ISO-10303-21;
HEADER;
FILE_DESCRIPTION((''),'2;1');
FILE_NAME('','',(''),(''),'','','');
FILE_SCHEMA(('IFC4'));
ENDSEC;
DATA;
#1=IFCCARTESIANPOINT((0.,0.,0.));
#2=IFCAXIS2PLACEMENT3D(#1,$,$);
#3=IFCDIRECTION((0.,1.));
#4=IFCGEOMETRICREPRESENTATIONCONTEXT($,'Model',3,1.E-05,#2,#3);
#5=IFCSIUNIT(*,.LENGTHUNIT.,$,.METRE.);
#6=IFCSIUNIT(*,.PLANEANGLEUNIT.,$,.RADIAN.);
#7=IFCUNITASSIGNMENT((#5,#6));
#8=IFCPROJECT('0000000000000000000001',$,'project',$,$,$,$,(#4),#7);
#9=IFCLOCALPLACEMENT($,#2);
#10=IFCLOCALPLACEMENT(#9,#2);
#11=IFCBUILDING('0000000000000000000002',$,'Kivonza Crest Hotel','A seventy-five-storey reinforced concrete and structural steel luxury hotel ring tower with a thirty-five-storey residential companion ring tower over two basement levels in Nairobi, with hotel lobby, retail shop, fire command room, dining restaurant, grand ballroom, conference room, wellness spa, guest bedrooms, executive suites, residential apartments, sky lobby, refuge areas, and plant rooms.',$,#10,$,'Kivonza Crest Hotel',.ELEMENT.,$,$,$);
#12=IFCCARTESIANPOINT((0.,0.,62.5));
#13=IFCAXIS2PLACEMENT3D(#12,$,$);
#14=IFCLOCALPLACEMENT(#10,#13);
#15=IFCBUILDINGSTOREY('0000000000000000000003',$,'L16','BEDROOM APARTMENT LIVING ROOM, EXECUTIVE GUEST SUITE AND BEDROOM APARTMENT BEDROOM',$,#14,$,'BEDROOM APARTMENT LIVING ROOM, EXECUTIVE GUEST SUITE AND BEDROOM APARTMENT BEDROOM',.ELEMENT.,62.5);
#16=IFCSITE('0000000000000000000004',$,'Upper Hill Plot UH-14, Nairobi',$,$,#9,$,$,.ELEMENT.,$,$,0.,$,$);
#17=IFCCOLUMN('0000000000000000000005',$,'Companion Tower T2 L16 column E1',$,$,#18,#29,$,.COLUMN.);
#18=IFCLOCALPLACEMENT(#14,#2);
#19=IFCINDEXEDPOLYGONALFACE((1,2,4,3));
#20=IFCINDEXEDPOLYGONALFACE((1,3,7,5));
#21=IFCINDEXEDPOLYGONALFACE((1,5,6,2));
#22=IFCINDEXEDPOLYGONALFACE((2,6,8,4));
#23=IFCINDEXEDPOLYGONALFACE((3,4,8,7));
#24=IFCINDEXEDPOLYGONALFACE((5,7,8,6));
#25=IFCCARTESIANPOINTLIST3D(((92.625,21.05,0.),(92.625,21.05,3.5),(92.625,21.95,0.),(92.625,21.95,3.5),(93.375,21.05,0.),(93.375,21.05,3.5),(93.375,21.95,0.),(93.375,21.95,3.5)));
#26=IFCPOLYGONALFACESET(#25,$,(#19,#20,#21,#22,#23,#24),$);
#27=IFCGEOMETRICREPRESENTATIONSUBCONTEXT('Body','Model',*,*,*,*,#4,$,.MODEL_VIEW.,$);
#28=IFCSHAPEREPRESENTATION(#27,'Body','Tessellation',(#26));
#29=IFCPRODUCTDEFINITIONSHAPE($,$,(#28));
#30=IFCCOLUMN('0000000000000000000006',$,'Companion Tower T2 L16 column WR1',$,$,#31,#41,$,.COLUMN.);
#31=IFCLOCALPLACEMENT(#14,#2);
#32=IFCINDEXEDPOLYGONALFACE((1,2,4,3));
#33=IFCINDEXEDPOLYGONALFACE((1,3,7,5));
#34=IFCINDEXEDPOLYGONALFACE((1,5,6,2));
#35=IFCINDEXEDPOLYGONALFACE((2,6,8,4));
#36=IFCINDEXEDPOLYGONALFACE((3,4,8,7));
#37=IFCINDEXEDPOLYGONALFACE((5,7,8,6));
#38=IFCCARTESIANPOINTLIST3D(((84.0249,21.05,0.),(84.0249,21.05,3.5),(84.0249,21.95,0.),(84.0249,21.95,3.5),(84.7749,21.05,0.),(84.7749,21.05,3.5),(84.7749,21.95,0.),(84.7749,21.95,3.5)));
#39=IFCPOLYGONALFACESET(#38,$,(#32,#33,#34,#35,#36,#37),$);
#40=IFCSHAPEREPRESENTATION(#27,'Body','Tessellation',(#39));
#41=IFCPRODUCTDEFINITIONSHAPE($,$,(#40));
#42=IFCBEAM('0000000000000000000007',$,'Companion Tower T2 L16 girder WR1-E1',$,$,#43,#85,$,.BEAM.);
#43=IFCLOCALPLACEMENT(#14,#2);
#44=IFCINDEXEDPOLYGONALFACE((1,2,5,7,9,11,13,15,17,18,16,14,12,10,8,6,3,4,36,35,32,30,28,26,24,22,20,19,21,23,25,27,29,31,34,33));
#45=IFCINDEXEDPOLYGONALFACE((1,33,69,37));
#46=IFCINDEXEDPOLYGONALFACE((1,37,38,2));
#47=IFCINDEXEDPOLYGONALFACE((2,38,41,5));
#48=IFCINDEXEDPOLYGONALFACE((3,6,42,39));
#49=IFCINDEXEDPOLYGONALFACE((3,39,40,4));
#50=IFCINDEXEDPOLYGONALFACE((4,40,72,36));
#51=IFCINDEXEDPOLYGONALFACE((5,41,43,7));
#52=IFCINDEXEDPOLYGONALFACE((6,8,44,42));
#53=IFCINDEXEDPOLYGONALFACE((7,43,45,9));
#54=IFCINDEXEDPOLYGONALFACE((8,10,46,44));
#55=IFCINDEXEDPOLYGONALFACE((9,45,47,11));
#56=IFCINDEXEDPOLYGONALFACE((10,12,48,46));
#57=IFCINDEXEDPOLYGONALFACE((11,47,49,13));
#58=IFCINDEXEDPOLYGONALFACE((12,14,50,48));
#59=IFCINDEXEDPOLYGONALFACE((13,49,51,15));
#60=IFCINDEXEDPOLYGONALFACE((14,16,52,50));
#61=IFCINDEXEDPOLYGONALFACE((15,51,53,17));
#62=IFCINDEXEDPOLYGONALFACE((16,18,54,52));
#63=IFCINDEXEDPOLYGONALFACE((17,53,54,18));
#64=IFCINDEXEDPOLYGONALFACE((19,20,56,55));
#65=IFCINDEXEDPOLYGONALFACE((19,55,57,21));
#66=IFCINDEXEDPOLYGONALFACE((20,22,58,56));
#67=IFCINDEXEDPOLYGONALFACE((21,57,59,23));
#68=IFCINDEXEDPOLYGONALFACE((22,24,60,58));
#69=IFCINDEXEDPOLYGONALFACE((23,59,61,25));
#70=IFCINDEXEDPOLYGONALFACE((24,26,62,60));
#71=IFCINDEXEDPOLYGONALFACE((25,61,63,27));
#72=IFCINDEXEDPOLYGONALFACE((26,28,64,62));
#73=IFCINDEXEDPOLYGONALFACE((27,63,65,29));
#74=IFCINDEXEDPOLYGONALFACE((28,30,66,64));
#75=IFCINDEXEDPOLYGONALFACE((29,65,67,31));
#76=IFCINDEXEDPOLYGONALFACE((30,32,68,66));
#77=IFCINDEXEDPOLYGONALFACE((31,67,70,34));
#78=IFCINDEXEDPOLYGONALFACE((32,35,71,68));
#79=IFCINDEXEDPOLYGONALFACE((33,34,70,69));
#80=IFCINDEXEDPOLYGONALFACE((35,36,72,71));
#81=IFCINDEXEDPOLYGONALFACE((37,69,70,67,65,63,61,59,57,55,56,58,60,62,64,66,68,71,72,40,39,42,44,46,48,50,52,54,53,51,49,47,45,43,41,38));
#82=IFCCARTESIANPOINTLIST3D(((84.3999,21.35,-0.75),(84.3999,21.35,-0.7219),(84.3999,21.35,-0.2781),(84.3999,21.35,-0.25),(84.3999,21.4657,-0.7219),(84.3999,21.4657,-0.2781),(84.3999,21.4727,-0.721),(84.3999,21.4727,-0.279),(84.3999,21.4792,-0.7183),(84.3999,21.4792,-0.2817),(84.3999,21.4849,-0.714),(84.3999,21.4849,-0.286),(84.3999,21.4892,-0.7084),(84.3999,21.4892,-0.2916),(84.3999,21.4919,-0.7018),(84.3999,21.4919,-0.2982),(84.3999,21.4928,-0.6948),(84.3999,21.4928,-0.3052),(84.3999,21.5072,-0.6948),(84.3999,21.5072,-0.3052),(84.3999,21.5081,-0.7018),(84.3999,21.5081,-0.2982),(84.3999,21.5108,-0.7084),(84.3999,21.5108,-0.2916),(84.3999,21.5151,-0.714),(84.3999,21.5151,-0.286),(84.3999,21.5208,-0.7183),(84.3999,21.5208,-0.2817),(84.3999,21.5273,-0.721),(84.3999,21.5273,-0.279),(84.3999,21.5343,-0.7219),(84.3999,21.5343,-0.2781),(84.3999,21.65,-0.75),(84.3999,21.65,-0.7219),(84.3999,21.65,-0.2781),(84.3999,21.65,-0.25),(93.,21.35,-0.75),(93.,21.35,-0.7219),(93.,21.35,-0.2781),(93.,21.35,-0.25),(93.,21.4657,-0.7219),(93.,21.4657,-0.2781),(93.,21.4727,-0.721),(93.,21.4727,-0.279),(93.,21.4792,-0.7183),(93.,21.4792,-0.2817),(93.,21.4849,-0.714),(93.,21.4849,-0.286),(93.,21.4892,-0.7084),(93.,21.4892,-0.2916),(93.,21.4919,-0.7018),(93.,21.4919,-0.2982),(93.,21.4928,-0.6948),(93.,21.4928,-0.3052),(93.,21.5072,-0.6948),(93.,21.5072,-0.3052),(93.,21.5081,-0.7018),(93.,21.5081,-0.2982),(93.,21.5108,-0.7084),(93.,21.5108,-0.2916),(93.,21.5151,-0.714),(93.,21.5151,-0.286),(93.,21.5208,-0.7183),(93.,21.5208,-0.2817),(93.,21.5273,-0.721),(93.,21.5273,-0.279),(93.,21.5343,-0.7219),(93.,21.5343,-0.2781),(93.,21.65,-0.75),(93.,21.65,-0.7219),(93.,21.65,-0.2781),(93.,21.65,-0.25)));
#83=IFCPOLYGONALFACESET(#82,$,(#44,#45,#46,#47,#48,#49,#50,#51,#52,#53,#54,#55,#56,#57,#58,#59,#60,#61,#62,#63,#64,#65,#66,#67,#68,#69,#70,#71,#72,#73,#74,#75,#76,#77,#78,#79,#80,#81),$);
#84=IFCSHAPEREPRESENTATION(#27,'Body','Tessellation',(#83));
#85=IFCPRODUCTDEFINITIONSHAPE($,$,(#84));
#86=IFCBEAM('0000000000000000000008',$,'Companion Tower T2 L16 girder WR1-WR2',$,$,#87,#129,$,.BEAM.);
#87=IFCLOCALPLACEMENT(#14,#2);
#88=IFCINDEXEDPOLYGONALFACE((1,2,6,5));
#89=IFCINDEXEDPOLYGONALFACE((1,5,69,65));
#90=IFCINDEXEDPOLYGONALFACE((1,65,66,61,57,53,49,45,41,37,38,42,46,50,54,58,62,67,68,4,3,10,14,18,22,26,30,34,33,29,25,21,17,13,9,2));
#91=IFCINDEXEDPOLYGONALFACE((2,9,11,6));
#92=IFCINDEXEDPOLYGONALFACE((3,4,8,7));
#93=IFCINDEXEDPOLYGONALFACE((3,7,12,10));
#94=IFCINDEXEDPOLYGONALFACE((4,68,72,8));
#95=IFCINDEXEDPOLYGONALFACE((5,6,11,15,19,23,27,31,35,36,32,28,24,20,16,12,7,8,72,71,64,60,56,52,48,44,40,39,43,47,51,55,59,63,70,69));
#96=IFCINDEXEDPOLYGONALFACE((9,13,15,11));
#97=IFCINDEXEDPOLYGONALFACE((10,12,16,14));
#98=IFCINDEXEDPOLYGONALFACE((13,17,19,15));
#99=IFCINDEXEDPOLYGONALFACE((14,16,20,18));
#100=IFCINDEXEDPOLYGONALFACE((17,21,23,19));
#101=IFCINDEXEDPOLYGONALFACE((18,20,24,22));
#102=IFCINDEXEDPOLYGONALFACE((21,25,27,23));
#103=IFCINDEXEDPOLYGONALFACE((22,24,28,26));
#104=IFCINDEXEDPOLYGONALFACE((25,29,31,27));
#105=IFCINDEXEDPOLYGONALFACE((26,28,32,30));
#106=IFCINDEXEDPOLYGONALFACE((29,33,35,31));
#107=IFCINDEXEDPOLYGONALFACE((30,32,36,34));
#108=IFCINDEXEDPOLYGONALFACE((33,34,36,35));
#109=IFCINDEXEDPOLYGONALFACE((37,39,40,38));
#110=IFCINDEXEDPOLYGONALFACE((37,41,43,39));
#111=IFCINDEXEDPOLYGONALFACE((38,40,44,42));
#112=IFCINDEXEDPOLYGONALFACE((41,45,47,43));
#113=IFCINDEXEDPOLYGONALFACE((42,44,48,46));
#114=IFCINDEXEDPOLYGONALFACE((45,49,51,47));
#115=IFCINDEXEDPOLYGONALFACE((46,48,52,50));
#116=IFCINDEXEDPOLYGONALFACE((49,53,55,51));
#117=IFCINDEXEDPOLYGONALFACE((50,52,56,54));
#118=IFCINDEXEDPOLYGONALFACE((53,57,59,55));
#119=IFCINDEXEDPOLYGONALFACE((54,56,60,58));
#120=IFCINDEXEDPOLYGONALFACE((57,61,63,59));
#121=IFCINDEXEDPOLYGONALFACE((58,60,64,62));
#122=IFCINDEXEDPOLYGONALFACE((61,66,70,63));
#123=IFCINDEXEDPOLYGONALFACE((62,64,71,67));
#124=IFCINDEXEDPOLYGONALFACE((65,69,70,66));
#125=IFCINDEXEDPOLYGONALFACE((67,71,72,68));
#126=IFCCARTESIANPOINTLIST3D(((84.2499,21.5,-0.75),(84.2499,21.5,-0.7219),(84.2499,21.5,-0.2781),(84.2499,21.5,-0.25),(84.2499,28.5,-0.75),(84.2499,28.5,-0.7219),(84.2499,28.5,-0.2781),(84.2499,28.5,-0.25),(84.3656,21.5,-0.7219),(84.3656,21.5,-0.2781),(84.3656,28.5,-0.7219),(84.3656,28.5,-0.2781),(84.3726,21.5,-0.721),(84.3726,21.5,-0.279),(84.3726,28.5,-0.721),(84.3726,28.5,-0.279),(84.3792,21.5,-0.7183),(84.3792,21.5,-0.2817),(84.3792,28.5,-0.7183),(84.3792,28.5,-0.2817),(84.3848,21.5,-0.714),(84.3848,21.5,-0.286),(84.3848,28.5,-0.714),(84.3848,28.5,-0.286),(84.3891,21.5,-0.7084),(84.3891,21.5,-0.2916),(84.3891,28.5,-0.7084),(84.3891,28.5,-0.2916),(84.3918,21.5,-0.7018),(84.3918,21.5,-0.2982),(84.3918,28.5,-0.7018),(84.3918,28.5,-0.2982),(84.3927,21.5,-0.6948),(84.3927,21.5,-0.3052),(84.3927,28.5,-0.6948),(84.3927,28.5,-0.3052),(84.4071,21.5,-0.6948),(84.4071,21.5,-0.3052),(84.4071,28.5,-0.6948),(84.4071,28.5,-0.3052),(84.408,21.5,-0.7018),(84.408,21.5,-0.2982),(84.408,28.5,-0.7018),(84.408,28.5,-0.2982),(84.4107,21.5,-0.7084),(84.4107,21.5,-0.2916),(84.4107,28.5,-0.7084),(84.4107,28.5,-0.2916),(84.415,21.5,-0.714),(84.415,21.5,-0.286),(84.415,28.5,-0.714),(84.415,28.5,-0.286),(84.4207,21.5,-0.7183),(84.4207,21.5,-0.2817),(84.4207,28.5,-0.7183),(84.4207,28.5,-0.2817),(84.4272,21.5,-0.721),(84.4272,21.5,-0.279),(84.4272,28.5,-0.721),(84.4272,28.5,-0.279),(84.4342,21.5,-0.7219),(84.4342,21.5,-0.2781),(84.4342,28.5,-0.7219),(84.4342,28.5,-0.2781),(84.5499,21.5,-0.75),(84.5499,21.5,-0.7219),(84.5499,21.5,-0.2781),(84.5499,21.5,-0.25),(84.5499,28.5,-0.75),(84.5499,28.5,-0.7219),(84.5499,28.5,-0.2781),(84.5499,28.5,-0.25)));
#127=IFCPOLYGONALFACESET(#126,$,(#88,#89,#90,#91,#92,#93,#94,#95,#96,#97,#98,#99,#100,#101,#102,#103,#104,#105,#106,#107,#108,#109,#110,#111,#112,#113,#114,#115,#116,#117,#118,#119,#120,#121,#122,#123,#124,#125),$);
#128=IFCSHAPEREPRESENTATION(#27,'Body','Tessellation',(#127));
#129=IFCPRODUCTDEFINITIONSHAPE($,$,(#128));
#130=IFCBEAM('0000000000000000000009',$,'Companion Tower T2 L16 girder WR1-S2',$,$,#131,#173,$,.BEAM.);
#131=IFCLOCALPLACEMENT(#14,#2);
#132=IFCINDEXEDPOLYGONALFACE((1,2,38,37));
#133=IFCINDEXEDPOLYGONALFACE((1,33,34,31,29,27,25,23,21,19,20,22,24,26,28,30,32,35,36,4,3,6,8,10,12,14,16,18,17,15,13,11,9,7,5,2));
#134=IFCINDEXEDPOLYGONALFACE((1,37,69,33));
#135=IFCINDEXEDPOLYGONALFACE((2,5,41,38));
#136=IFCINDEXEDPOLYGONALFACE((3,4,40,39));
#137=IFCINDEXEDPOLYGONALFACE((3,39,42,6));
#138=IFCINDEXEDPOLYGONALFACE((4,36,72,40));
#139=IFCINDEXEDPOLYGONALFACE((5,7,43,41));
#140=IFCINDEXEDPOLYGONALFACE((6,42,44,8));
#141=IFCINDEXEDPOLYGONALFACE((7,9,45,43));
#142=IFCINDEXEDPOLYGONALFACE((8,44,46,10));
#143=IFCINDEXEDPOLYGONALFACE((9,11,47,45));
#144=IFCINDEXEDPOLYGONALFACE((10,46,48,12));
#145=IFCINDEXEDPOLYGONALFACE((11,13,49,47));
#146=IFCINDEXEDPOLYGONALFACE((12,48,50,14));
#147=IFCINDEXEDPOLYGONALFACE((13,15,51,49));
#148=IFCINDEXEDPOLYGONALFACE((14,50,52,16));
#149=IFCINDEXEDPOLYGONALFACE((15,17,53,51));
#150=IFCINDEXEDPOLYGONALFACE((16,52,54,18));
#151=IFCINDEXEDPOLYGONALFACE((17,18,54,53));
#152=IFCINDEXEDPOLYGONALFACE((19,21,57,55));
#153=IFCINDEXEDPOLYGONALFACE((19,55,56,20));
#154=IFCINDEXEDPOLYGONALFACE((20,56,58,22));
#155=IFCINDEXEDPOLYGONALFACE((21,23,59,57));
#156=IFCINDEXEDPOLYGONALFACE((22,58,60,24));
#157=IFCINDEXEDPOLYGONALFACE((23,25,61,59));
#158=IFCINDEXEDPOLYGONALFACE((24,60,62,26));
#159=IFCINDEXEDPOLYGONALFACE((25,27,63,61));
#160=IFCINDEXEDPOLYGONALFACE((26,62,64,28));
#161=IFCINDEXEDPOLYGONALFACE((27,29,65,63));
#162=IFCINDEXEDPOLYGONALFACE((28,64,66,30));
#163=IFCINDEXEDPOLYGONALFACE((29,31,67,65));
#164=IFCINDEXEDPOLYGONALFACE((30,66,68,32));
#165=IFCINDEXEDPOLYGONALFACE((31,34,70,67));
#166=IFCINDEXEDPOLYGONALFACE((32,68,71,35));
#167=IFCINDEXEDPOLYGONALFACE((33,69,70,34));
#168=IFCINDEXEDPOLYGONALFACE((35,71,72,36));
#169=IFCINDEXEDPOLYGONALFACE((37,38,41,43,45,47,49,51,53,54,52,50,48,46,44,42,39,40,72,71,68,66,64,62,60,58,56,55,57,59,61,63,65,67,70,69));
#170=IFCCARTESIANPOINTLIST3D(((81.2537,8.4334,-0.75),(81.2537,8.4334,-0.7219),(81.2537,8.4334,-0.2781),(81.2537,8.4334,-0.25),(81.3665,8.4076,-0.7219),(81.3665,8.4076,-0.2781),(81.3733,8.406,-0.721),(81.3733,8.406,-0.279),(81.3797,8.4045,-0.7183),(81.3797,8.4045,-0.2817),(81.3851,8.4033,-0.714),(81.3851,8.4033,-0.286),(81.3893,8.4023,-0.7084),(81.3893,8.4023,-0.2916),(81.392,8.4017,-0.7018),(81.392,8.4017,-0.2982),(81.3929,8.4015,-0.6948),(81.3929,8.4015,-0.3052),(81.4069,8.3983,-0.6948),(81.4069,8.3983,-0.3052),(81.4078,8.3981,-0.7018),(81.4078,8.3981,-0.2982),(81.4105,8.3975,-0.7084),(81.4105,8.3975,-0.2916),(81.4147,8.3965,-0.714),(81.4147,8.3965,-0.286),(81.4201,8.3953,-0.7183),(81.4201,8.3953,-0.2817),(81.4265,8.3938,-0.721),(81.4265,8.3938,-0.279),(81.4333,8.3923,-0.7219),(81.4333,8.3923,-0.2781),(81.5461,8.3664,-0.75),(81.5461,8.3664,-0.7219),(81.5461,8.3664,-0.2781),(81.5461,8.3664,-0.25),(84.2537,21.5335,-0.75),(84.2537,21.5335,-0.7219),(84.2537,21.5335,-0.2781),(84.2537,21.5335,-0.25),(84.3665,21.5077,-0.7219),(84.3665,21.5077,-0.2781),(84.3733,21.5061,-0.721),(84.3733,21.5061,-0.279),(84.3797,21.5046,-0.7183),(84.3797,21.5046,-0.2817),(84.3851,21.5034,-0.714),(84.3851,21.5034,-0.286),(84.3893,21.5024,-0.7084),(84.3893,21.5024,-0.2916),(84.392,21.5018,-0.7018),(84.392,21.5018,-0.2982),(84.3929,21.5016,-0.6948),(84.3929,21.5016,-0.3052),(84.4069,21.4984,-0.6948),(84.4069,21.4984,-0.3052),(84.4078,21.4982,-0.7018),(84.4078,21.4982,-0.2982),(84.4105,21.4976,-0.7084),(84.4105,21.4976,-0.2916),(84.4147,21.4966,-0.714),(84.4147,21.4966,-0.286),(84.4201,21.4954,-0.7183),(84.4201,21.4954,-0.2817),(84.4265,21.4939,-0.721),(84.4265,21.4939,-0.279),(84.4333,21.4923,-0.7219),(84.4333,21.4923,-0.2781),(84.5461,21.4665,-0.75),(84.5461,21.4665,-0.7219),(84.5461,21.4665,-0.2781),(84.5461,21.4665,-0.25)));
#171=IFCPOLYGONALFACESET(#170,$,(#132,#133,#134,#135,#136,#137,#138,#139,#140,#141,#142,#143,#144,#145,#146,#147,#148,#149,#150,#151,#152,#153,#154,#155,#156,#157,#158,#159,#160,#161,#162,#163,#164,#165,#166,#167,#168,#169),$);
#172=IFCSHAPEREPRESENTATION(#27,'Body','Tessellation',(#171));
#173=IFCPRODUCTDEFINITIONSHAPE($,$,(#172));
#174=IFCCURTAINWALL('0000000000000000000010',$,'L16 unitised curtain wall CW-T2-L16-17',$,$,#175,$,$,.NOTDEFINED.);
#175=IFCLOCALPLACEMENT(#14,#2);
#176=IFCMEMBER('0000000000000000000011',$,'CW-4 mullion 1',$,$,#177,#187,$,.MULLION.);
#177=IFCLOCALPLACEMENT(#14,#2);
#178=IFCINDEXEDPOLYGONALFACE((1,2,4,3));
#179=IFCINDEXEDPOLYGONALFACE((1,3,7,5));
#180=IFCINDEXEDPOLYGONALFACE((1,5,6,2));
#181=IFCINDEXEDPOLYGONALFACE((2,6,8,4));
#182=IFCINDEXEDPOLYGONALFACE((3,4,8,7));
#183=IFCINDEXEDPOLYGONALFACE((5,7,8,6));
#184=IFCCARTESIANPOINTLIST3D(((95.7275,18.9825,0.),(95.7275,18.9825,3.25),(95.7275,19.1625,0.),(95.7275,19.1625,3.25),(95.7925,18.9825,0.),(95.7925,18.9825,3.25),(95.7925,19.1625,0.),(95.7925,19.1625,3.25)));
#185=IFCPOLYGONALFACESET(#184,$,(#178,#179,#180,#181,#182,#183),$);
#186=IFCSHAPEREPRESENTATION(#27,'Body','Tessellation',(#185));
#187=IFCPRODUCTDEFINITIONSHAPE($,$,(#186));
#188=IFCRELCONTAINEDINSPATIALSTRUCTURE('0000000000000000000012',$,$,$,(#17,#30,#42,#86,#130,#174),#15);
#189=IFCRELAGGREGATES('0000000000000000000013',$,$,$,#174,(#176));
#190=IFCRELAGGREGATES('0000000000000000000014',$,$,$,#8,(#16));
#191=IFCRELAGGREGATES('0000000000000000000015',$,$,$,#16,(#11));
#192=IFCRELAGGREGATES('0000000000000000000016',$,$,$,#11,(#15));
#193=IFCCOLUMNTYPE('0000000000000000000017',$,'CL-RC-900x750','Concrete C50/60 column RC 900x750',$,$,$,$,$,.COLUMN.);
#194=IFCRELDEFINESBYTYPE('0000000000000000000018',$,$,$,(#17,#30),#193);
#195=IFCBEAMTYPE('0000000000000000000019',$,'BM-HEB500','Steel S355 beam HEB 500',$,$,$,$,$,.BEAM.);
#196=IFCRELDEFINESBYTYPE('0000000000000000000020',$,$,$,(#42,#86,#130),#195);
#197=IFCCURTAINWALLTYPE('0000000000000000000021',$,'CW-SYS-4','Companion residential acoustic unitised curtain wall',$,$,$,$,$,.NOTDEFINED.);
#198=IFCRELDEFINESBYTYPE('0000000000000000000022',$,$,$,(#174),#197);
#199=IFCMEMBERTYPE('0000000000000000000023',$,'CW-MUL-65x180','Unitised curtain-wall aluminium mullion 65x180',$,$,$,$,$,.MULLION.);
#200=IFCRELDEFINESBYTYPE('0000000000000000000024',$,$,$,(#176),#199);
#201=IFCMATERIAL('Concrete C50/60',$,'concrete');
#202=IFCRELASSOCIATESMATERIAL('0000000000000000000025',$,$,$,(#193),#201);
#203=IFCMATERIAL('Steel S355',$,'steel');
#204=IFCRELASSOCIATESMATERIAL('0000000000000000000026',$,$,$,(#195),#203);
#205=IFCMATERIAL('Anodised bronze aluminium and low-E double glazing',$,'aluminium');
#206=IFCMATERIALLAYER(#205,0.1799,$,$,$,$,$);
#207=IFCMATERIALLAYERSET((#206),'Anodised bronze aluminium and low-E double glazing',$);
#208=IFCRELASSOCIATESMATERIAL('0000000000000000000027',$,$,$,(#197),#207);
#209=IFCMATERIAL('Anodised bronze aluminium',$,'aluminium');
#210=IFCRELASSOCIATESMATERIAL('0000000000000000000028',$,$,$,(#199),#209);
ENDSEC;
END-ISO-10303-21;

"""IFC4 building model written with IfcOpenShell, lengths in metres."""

from ifc_helpers import new_model, si_unit, direction, frame, origin, origin_2d, place, context, subcontext, project, spatial, rectangle, i_section, extrude, material, layer, layer_set, material_profile, profile_set, type_object, element, aggregate, save


model = new_model("IFC4")

# Units and contexts
model_context = context("Model", 3, precision=1e-05, world=origin(), true_north=direction((0.0, 1.0)))
body_context = subcontext(model_context, "Body", "Model", "MODEL_VIEW")
ifc_project = project(units=[si_unit("LENGTHUNIT", "METRE"), si_unit("PLANEANGLEUNIT", "RADIAN")], contexts=[model_context])

# Site, building, storey
site_placement = place(None, origin())
site = spatial("IfcSite", under=ifc_project, at=site_placement, Name="Upper Hill Plot UH-14, Nairobi", CompositionType="ELEMENT", RefElevation=0.0)
building_placement = place(site_placement, origin())
building = spatial("IfcBuilding", under=site, at=building_placement, Name="Kivonza Crest Hotel", Description="A seventy-five-storey reinforced concrete and structural steel luxury hotel ring tower with a thirty-five-storey residential companion ring tower over two basement levels in Nairobi, with hotel lobby, retail shop, fire command room, dining restaurant, grand ballroom, conference room, wellness spa, guest bedrooms, executive suites, residential apartments, sky lobby, refuge areas, and plant rooms.", LongName="Kivonza Crest Hotel", CompositionType="ELEMENT")
storey_placement = place(building_placement, frame((0.0, 0.0, 62.5)))
storey = spatial("IfcBuildingStorey", under=building, at=storey_placement, Name="L16", Description="BEDROOM APARTMENT LIVING ROOM, EXECUTIVE GUEST SUITE AND BEDROOM APARTMENT BEDROOM", LongName="BEDROOM APARTMENT LIVING ROOM, EXECUTIVE GUEST SUITE AND BEDROOM APARTMENT BEDROOM", CompositionType="ELEMENT", Elevation=62.5)

# Columns
ifc_material_1 = material(Name="Concrete C50/60", Category="concrete")
ifc_material_profile_1 = material_profile(ifc_material_1, rectangle(XDim=0.75, YDim=0.8999, at=origin_2d()), Name="RC 900x750")
ifc_profile_set_1 = profile_set([ifc_material_profile_1], Name="Concrete C50/60")
column_type = type_object("IfcColumnType", Name="CL-RC-900x750", Description="Concrete C50/60 column RC 900x750", PredefinedType="COLUMN", material=ifc_profile_set_1)
for number, where, z_axis, x_axis, name in (
    (1, (93.0, 21.5, 0.0), (0.0, 0.0, 1.0), (1.0, 0.0, 0.0), "Companion Tower T2 L16 column E1"),
    (2, (84.3999, 21.5, 0.0), (0.0, 0.0, 1.0), (1.0, 0.0, 0.0), "Companion Tower T2 L16 column WR1"),
):
    element("IfcColumn", number, at=place(storey_placement, frame(where, z_axis=z_axis, x_axis=x_axis)), inside=storey, type_object=column_type, Name=name, PredefinedType="COLUMN", context=body_context, shape_type="SweptSolid", body=[
        extrude(rectangle(XDim=0.75, YDim=0.8999, at=origin_2d()), origin(), (0.0, 0.0, 1.0), 3.5),
    ])

# Beams
ifc_material_2 = material(Name="Steel S355", Category="steel")
ifc_material_profile_2 = material_profile(ifc_material_2, i_section(OverallWidth=0.3, OverallDepth=0.5, WebThickness=0.0144, FlangeThickness=0.0281, FilletRadius=0.0271, at=origin_2d()), Name="HEB 500")
ifc_profile_set_2 = profile_set([ifc_material_profile_2], Name="Steel S355")
beam_type = type_object("IfcBeamType", Name="BM-HEB500", Description="Steel S355 beam HEB 500", PredefinedType="BEAM", material=ifc_profile_set_2)
beam_1_placement = place(storey_placement, frame((84.3999, 21.5, -0.5), z_axis=(1.0, 0.0, 0.0), x_axis=(0.0, 1.0, 0.0)))
element("IfcBeam", 3, at=beam_1_placement, inside=storey, type_object=beam_type, Name="Companion Tower T2 L16 girder WR1-E1", PredefinedType="BEAM", context=body_context, shape_type="SweptSolid", body=[
    extrude(i_section(OverallWidth=0.3, OverallDepth=0.5, WebThickness=0.0144, FlangeThickness=0.0281, FilletRadius=0.0271, at=origin_2d()), origin(), (0.0, 0.0, 1.0), 8.6001),
])
beam_2_placement = place(storey_placement, frame((84.3999, 21.5, -0.5), z_axis=(0.0, 1.0, 0.0), x_axis=(-1.0, 0.0, 0.0)))
element("IfcBeam", 4, at=beam_2_placement, inside=storey, type_object=beam_type, Name="Companion Tower T2 L16 girder WR1-WR2", PredefinedType="BEAM", context=body_context, shape_type="SweptSolid", body=[
    extrude(i_section(OverallWidth=0.3, OverallDepth=0.5, WebThickness=0.0144, FlangeThickness=0.0281, FilletRadius=0.0271, at=origin_2d()), origin(), (0.0, 0.0, 1.0), 7.0),
])
beam_3_placement = place(storey_placement, frame((84.3999, 21.5, -0.5), z_axis=(-0.223227, -0.974766, 0.0), x_axis=(0.974766, -0.223227, 0.0)))
element("IfcBeam", 5, at=beam_3_placement, inside=storey, type_object=beam_type, Name="Companion Tower T2 L16 girder WR1-S2", PredefinedType="BEAM", context=body_context, shape_type="SweptSolid", body=[
    extrude(i_section(OverallWidth=0.3, OverallDepth=0.5, WebThickness=0.0144, FlangeThickness=0.0281, FilletRadius=0.0271, at=origin_2d()), origin(), (0.0, 0.0, 1.0), 13.4392),
])

# Curtain wall, member
ifc_material_3 = material(Name="Anodised bronze aluminium and low-E double glazing", Category="aluminium")
ifc_layer_1 = layer(ifc_material_3, 0.1799)
ifc_layer_set_1 = layer_set([ifc_layer_1], Name="Anodised bronze aluminium and low-E double glazing")
curtain_wall_type = type_object("IfcCurtainWallType", Name="CW-SYS-4", Description="Companion residential acoustic unitised curtain wall", PredefinedType="NOTDEFINED", material=ifc_layer_set_1)
curtain_wall_placement = place(storey_placement, origin())
curtain_wall = element("IfcCurtainWall", 6, at=curtain_wall_placement, inside=storey, type_object=curtain_wall_type, Name="L16 unitised curtain wall CW-T2-L16-17", PredefinedType="NOTDEFINED")
ifc_material_4 = material(Name="Anodised bronze aluminium", Category="aluminium")
ifc_material_profile_3 = material_profile(ifc_material_4, rectangle(XDim=0.0649, YDim=0.1799, at=origin_2d()), Name="CW-M 65x180")
ifc_profile_set_3 = profile_set([ifc_material_profile_3], Name="Anodised bronze aluminium")
member_type_1 = type_object("IfcMemberType", Name="CW-MUL-65x180", Description="Unitised curtain-wall aluminium mullion 65x180", PredefinedType="MULLION", material=ifc_profile_set_3)
member_1_placement = place(storey_placement, frame((95.76, 19.0725, 0.0), z_axis=(0.0, 0.0, 1.0), x_axis=(-1.0, 0.0, 0.0)))
member_1 = element("IfcMember", 7, at=member_1_placement, type_object=member_type_1, Name="CW-4 mullion 1", PredefinedType="MULLION", context=body_context, shape_type="SweptSolid", body=[
    extrude(rectangle(XDim=0.0649, YDim=0.1799, at=origin_2d()), origin(), (0.0, 0.0, 1.0), 3.25),
])
aggregate(curtain_wall, [member_1])

save(model, "model.ifc")
